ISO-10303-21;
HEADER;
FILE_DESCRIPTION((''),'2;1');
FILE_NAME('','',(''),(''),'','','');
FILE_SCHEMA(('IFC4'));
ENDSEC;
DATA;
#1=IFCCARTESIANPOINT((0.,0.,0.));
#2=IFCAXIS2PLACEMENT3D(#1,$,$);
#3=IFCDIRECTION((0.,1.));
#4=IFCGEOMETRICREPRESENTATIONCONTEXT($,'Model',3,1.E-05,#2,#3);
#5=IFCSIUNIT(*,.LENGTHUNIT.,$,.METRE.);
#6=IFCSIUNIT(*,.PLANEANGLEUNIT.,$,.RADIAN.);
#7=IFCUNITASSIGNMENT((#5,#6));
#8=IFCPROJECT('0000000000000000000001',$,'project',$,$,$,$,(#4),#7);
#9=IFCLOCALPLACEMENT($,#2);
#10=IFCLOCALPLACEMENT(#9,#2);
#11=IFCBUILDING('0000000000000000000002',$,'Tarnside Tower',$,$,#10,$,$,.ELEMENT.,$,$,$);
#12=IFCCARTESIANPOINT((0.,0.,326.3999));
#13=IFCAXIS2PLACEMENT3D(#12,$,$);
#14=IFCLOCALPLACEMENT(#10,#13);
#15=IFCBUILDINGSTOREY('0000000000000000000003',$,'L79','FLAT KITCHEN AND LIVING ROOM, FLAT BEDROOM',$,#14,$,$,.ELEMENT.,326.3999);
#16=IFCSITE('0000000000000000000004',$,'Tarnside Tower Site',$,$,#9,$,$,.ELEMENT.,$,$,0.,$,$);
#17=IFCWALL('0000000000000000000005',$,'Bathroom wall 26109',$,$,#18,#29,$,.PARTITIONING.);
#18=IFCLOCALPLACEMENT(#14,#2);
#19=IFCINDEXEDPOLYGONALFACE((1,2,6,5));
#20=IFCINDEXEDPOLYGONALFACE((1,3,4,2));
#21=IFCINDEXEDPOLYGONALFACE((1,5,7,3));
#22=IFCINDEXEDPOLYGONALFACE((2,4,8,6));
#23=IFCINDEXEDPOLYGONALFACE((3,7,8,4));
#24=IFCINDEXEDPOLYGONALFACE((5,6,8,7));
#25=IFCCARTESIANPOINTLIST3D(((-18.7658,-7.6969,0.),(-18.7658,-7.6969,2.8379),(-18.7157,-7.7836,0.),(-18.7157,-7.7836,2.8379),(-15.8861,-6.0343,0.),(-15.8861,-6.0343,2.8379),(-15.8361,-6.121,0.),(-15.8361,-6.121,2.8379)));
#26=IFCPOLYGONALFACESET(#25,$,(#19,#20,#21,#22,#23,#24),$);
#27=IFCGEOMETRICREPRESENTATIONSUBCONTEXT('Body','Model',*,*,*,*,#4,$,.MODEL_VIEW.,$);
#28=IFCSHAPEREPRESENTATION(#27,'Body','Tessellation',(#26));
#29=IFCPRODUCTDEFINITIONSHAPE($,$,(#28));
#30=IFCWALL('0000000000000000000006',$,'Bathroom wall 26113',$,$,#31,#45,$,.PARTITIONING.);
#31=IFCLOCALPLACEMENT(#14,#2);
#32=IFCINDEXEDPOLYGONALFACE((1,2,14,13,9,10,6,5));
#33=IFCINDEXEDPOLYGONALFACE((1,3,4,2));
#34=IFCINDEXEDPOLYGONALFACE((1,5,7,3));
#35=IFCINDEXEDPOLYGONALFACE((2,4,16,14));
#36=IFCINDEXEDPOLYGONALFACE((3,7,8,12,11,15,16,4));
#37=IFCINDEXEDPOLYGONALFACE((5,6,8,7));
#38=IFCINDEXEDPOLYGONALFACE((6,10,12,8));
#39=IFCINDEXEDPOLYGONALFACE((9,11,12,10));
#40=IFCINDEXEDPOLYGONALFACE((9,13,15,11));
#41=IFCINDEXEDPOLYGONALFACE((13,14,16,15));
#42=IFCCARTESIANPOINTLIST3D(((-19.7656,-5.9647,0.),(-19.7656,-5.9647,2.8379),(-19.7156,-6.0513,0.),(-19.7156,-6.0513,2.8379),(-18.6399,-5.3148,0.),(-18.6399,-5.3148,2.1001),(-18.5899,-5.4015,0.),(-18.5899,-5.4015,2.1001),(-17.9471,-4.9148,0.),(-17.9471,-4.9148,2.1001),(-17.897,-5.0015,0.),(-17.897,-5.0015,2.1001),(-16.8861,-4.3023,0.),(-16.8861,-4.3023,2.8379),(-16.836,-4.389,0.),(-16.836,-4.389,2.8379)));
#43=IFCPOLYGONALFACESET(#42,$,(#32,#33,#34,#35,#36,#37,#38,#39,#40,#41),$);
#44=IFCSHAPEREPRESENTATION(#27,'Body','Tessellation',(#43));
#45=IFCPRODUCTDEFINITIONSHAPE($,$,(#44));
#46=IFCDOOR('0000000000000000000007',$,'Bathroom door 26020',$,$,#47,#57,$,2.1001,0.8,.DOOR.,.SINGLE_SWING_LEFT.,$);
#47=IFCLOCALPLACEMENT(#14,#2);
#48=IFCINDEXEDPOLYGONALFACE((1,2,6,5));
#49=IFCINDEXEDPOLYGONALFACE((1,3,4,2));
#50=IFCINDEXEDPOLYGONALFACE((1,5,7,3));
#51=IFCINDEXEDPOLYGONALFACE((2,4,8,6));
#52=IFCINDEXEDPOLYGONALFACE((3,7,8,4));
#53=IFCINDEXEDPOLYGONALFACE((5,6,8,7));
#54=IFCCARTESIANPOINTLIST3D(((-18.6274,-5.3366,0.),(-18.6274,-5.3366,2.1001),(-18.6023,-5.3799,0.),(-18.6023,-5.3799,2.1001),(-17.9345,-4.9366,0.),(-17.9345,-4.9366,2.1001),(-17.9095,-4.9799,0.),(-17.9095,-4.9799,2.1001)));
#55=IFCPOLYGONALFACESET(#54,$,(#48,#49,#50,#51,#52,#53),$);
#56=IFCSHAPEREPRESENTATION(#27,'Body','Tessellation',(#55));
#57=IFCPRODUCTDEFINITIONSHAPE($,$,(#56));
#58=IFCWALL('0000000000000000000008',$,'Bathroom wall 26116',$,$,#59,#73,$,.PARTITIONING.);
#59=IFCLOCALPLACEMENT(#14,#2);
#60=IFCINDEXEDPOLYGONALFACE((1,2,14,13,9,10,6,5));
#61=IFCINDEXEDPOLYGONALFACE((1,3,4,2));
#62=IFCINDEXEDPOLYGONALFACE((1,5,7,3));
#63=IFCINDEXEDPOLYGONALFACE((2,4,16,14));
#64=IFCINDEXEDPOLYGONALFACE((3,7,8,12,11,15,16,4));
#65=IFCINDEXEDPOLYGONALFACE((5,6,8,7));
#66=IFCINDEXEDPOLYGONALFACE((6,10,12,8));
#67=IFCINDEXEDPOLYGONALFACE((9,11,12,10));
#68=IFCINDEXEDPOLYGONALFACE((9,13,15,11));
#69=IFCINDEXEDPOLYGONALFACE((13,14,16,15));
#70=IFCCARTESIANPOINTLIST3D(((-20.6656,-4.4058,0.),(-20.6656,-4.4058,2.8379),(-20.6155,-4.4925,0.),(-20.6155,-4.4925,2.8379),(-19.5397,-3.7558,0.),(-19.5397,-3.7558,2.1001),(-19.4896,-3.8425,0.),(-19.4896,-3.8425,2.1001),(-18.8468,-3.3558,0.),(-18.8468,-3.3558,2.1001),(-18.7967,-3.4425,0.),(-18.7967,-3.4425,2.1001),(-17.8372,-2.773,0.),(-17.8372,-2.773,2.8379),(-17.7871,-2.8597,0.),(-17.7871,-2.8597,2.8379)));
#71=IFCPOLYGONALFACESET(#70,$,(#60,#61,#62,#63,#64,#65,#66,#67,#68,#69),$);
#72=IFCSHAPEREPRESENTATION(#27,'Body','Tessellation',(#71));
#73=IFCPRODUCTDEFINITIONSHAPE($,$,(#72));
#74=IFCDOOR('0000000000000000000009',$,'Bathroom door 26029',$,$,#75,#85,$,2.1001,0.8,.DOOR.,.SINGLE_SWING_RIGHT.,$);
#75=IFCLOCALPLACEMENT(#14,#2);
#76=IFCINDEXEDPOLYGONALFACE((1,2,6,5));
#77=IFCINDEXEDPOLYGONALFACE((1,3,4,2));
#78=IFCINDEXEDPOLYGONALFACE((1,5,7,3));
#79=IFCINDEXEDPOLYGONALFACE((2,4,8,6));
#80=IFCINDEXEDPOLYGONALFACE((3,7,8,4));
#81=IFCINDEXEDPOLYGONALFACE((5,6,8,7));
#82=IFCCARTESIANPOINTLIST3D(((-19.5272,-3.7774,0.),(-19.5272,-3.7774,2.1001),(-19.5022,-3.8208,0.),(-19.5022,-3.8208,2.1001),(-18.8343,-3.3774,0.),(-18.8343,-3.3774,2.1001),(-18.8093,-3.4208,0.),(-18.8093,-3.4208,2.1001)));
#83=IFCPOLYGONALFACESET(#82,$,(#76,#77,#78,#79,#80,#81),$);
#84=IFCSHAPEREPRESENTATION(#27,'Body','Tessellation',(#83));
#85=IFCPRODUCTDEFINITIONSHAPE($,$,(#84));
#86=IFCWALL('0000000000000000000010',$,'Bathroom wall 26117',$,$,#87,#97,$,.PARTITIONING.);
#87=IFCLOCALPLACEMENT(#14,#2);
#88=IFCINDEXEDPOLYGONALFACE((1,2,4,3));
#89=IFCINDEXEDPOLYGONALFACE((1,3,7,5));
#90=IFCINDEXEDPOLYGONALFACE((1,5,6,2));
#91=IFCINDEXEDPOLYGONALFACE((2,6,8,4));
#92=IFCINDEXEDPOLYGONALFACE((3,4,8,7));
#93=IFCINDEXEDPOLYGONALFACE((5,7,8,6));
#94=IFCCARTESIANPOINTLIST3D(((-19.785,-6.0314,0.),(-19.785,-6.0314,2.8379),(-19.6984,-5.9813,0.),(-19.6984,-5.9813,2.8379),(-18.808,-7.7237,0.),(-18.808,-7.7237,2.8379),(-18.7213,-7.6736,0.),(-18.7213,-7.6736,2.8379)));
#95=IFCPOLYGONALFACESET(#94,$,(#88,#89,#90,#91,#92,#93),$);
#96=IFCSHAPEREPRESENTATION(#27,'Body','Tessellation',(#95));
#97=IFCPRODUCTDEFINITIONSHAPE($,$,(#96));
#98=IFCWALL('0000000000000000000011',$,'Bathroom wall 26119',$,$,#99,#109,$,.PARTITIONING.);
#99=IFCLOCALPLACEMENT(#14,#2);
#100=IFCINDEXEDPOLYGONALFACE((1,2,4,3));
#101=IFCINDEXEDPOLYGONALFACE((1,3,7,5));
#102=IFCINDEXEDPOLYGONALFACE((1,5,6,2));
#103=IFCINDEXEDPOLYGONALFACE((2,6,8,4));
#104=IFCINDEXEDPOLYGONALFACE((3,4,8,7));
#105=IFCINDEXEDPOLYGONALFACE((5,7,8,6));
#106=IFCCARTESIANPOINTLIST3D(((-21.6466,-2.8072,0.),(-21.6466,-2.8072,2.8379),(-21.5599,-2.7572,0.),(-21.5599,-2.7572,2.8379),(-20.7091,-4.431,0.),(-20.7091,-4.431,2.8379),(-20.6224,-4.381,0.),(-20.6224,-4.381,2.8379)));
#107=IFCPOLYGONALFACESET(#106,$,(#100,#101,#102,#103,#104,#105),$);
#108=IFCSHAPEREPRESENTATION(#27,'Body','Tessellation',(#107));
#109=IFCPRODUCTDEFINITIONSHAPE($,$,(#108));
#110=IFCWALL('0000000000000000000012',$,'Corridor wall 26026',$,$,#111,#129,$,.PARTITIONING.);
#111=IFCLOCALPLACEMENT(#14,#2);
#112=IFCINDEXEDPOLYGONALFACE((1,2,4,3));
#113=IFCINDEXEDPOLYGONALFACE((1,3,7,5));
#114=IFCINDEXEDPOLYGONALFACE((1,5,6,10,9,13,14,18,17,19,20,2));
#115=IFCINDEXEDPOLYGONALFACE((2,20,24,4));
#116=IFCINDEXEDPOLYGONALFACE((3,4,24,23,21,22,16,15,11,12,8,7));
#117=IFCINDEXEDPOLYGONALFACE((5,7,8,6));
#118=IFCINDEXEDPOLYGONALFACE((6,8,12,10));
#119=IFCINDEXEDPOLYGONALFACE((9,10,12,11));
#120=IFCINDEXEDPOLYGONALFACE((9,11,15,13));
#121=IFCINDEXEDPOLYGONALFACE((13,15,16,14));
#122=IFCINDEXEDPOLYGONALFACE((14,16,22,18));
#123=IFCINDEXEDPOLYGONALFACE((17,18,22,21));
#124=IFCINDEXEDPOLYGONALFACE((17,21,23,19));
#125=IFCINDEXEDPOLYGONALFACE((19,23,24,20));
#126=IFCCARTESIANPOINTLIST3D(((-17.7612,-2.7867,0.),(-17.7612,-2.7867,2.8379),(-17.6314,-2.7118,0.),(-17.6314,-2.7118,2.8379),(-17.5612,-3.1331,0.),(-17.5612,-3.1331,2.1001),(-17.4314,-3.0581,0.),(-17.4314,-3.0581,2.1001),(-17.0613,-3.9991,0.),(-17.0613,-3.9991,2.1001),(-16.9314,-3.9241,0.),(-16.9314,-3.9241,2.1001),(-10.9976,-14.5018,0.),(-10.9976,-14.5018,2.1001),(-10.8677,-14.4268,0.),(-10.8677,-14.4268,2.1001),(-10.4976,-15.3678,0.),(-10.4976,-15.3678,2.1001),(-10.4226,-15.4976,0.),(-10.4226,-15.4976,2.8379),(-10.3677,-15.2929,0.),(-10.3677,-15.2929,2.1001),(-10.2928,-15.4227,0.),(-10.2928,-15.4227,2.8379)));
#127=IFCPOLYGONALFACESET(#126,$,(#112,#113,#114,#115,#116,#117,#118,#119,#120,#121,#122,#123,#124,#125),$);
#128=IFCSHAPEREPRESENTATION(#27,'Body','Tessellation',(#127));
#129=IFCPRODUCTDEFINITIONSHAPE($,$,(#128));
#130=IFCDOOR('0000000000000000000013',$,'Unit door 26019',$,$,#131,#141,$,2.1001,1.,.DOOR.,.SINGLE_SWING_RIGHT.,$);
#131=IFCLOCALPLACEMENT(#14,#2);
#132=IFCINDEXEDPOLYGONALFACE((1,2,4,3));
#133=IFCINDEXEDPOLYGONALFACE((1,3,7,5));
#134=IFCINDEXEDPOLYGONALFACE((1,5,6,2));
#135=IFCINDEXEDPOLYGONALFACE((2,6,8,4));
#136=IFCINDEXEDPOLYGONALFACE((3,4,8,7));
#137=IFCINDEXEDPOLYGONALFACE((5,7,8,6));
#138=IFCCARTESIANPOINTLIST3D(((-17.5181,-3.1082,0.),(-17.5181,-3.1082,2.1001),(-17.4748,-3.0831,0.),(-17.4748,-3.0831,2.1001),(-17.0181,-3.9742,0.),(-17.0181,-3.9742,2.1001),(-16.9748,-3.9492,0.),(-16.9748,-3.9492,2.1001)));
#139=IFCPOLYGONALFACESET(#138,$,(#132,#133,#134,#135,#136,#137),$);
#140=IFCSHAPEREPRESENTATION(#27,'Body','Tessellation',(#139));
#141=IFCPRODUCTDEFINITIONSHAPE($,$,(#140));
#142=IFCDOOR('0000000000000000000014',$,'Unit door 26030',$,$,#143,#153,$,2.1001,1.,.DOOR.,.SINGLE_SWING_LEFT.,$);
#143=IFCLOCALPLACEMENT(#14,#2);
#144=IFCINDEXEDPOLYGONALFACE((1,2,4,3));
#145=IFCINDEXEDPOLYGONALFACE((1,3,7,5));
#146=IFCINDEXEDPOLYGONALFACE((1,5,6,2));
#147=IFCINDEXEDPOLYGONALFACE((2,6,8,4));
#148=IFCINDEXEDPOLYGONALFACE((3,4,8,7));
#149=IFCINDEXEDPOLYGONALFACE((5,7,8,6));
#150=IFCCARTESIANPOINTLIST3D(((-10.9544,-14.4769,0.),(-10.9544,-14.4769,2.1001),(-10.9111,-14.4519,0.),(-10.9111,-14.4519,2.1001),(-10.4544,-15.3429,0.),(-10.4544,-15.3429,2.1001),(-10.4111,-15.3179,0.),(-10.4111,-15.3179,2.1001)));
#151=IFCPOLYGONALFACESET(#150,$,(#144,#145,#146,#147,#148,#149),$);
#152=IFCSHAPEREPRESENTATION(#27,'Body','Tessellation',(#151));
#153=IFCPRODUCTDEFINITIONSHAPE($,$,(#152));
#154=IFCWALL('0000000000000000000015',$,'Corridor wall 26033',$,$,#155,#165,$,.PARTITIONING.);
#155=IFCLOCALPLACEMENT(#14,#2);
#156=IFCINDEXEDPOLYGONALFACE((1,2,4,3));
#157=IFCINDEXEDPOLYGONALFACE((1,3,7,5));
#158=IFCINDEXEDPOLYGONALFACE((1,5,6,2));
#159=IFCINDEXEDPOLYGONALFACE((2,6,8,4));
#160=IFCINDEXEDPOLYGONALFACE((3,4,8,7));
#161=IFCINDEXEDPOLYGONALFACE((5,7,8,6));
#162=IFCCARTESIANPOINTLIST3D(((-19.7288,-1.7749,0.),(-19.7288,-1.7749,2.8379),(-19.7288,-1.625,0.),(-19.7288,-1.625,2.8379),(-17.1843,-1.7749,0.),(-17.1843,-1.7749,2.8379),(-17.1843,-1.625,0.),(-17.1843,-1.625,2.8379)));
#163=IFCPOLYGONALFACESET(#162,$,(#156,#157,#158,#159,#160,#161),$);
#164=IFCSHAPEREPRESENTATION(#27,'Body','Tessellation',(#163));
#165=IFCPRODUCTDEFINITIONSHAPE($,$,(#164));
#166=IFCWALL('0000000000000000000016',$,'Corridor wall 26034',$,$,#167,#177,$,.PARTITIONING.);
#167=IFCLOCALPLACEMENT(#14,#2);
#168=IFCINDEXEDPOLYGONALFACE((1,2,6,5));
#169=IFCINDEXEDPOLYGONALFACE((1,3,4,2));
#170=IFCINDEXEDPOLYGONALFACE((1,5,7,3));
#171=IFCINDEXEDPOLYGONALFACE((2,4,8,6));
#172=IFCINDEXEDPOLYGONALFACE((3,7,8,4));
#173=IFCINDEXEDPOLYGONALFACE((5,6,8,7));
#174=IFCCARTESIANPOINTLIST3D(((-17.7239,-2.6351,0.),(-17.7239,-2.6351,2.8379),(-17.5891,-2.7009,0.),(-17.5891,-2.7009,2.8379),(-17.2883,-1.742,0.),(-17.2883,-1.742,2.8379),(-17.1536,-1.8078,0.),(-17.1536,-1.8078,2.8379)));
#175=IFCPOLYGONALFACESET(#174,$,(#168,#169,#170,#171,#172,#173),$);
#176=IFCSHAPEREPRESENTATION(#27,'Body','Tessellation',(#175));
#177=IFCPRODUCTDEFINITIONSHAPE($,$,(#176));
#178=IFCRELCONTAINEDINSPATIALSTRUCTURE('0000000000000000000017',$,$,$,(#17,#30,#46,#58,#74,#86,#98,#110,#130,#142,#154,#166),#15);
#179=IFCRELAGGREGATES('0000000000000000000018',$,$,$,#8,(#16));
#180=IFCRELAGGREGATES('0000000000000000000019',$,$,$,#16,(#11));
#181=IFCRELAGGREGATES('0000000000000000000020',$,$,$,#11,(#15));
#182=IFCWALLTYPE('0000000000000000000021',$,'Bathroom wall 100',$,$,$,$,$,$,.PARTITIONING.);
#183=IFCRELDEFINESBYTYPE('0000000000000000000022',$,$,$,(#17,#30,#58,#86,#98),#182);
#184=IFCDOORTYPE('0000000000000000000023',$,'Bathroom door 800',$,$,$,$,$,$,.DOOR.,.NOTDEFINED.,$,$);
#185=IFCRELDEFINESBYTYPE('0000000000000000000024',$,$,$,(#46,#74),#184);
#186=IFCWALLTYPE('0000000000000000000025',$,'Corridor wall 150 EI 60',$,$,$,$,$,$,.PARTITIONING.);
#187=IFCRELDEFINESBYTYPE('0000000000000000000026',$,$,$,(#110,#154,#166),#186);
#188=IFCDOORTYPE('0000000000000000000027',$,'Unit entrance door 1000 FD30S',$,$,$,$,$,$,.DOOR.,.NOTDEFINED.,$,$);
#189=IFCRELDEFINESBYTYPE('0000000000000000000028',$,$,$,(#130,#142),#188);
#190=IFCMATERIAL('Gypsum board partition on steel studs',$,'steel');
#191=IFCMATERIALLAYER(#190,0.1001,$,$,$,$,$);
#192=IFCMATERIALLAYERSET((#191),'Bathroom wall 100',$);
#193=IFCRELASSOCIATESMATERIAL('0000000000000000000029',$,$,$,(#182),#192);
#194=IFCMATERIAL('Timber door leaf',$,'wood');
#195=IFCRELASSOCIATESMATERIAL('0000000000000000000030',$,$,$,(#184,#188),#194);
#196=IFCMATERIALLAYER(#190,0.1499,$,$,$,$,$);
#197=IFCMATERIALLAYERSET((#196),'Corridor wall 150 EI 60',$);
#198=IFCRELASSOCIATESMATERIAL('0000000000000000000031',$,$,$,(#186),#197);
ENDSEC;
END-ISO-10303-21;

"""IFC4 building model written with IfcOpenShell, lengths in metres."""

from ifc_helpers import new_model, si_unit, direction, frame, frame_2d, origin, place, context, subcontext, project, spatial, rectangle, extrude, material, layer, layer_set, type_object, element, fill, save


model = new_model("IFC4")

# Units and contexts
model_context = context("Model", 3, precision=1e-05, world=origin(), true_north=direction((0.0, 1.0)))
body_context = subcontext(model_context, "Body", "Model", "MODEL_VIEW")
ifc_project = project(units=[si_unit("LENGTHUNIT", "METRE"), si_unit("PLANEANGLEUNIT", "RADIAN")], contexts=[model_context])

# Site, building, storey
site_placement = place(None, origin())
site = spatial("IfcSite", under=ifc_project, at=site_placement, Name="Tarnside Tower Site", CompositionType="ELEMENT", RefElevation=0.0)
building_placement = place(site_placement, origin())
building = spatial("IfcBuilding", under=site, at=building_placement, Name="Tarnside Tower", CompositionType="ELEMENT")
storey_placement = place(building_placement, frame((0.0, 0.0, 326.3999)))
storey = spatial("IfcBuildingStorey", under=building, at=storey_placement, Name="L79", Description="FLAT KITCHEN AND LIVING ROOM, FLAT BEDROOM", CompositionType="ELEMENT", Elevation=326.3999)

# Wall
ifc_material_1 = material(Name="Gypsum board partition on steel studs", Category="steel")
ifc_layer_1 = layer(ifc_material_1, 0.1001)
ifc_layer_set_1 = layer_set([ifc_layer_1], Name="Bathroom wall 100")
wall_type_1 = type_object("IfcWallType", Name="Bathroom wall 100", PredefinedType="PARTITIONING", material=ifc_layer_set_1)
wall_1_placement = place(storey_placement, frame((-15.8611, -6.0776, 0.0), z_axis=(0.0, 0.0, 1.0), x_axis=(-0.866021, -0.500008, 0.0)))
element("IfcWall", 1, at=wall_1_placement, inside=storey, type_object=wall_type_1, Name="Bathroom wall 26109", PredefinedType="PARTITIONING", context=body_context, shape_type="SweptSolid", body=[
    extrude(rectangle(XDim=3.3252, YDim=0.1001, at=frame_2d((1.6626, 0.0))), origin(), (0.0, 0.0, 1.0), 2.8379),
])

# Walls, openings, doors
wall_2_placement = place(storey_placement, frame((-19.7407, -6.0081, 0.0), z_axis=(0.0, 0.0, 1.0), x_axis=(0.866052, 0.499953, 0.0)))
wall_2 = element("IfcWall", 2, at=wall_2_placement, inside=storey, type_object=wall_type_1, Name="Bathroom wall 26113", PredefinedType="PARTITIONING", context=body_context, shape_type="SweptSolid", body=[
    extrude(rectangle(XDim=3.325, YDim=0.1001, at=frame_2d((1.6626, 0.0))), origin(), (0.0, 0.0, 1.0), 2.8379),
])
opening_1_placement = place(wall_2_placement, frame((1.3, 0.0, 0.0)))
opening_1 = element("IfcOpeningElement", 3, at=opening_1_placement, cuts=wall_2, PredefinedType="OPENING", context=body_context, shape_type="SweptSolid", body=[
    extrude(rectangle(XDim=0.8, YDim=2.1001, at=frame_2d((0.3999, 1.05))), frame((0.0, 0.0601, 0.0), z_axis=(0.0, -1.0, 0.0), x_axis=(1.0, 0.0, 0.0)), (0.0, 0.0, 1.0), 0.1201),
])
ifc_material_2 = material(Name="Timber door leaf", Category="wood")
door_type_1 = type_object("IfcDoorType", Name="Bathroom door 800", OperationType="NOTDEFINED", PredefinedType="DOOR", material=ifc_material_2)
door_1_placement = place(opening_1_placement, origin())
door_1 = element("IfcDoor", 4, at=door_1_placement, inside=storey, type_object=door_type_1, Name="Bathroom door 26020", OperationType="SINGLE_SWING_LEFT", OverallHeight=2.1001, OverallWidth=0.8, PredefinedType="DOOR", context=body_context, shape_type="SweptSolid", body=[
    extrude(rectangle(XDim=0.8, YDim=2.1001, at=frame_2d((0.3999, 1.05))), frame((0.0, 0.0249, 0.0), z_axis=(0.0, -1.0, 0.0), x_axis=(1.0, 0.0, 0.0)), (0.0, 0.0, 1.0), 0.05),
])
fill(opening_1, door_1)
wall_3_placement = place(storey_placement, frame((-17.8123, -2.8164, 0.0), z_axis=(0.0, 0.0, 1.0), x_axis=(-0.866045, -0.499966, 0.0)))
wall_3 = element("IfcWall", 5, at=wall_3_placement, inside=storey, type_object=wall_type_1, Name="Bathroom wall 26116", PredefinedType="PARTITIONING", context=body_context, shape_type="SweptSolid", body=[
    extrude(rectangle(XDim=3.2659, YDim=0.1001, at=frame_2d((1.6328, 0.0))), origin(), (0.0, 0.0, 1.0), 2.8379),
])
opening_2_placement = place(wall_3_placement, frame((1.1658, 0.0, 0.0)))
opening_2 = element("IfcOpeningElement", 6, at=opening_2_placement, cuts=wall_3, PredefinedType="OPENING", context=body_context, shape_type="SweptSolid", body=[
    extrude(rectangle(XDim=0.8, YDim=2.1001, at=frame_2d((0.3999, 1.05))), frame((0.0, 0.0601, 0.0), z_axis=(0.0, -1.0, 0.0), x_axis=(1.0, 0.0, 0.0)), (0.0, 0.0, 1.0), 0.1201),
])
door_2_placement = place(opening_2_placement, origin())
door_2 = element("IfcDoor", 7, at=door_2_placement, inside=storey, type_object=door_type_1, Name="Bathroom door 26029", OperationType="SINGLE_SWING_RIGHT", OverallHeight=2.1001, OverallWidth=0.8, PredefinedType="DOOR", context=body_context, shape_type="SweptSolid", body=[
    extrude(rectangle(XDim=0.8, YDim=2.1001, at=frame_2d((0.3999, 1.05))), frame((0.0, 0.0249, 0.0), z_axis=(0.0, -1.0, 0.0), x_axis=(1.0, 0.0, 0.0)), (0.0, 0.0, 1.0), 0.05),
])
fill(opening_2, door_2)

# Walls
wall_4_placement = place(storey_placement, frame((-19.7417, -6.0063, 0.0), z_axis=(0.0, 0.0, 1.0), x_axis=(0.499982, -0.866036, 0.0)))
element("IfcWall", 8, at=wall_4_placement, inside=storey, type_object=wall_type_1, Name="Bathroom wall 26117", PredefinedType="PARTITIONING", context=body_context, shape_type="SweptSolid", body=[
    extrude(rectangle(XDim=1.9541, YDim=0.1001, at=frame_2d((0.9771, 0.0))), origin(), (0.0, 0.0, 1.0), 2.8379),
])
wall_5_placement = place(storey_placement, frame((-20.6658, -4.406, 0.0), z_axis=(0.0, 0.0, 1.0), x_axis=(-0.500004, 0.866023, 0.0)))
element("IfcWall", 9, at=wall_5_placement, inside=storey, type_object=wall_type_1, Name="Bathroom wall 26119", PredefinedType="PARTITIONING", context=body_context, shape_type="SweptSolid", body=[
    extrude(rectangle(XDim=1.875, YDim=0.1001, at=frame_2d((0.9375, 0.0))), origin(), (0.0, 0.0, 1.0), 2.8379),
])

# Wall, openings, doors
ifc_layer_2 = layer(ifc_material_1, 0.1499)
ifc_layer_set_2 = layer_set([ifc_layer_2], Name="Corridor wall 150 EI 60")
wall_type_2 = type_object("IfcWallType", Name="Corridor wall 150 EI 60", PredefinedType="PARTITIONING", material=ifc_layer_set_2)
wall_6_placement = place(storey_placement, frame((-17.6963, -2.7493, 0.0), z_axis=(0.0, 0.0, 1.0), x_axis=(0.499998, -0.866027, 0.0)))
wall_6 = element("IfcWall", 10, at=wall_6_placement, inside=storey, type_object=wall_type_2, Name="Corridor wall 26026", PredefinedType="PARTITIONING", context=body_context, shape_type="SweptSolid", body=[
    extrude(rectangle(XDim=14.6772, YDim=0.1499, at=frame_2d((7.3386, 0.0))), origin(), (0.0, 0.0, 1.0), 2.8379),
])
opening_3_placement = place(wall_6_placement, frame((0.3999, 0.0, 0.0)))
opening_3 = element("IfcOpeningElement", 11, at=opening_3_placement, cuts=wall_6, PredefinedType="OPENING", context=body_context, shape_type="SweptSolid", body=[
    extrude(rectangle(XDim=1.0, YDim=2.1001, at=frame_2d((0.5, 1.05))), frame((0.0, 0.085, 0.0), z_axis=(0.0, -1.0, 0.0), x_axis=(1.0, 0.0, 0.0)), (0.0, 0.0, 1.0), 0.1699),
])
opening_4_placement = place(wall_6_placement, frame((13.5273, 0.0, 0.0)))
opening_4 = element("IfcOpeningElement", 12, at=opening_4_placement, cuts=wall_6, PredefinedType="OPENING", context=body_context, shape_type="SweptSolid", body=[
    extrude(rectangle(XDim=1.0, YDim=2.1001, at=frame_2d((0.5, 1.05))), frame((0.0, 0.085, 0.0), z_axis=(0.0, -1.0, 0.0), x_axis=(1.0, 0.0, 0.0)), (0.0, 0.0, 1.0), 0.1699),
])
door_type_2 = type_object("IfcDoorType", Name="Unit entrance door 1000 FD30S", OperationType="NOTDEFINED", PredefinedType="DOOR", material=ifc_material_2)
door_3_placement = place(opening_3_placement, origin())
door_3 = element("IfcDoor", 13, at=door_3_placement, inside=storey, type_object=door_type_2, Name="Unit door 26019", OperationType="SINGLE_SWING_RIGHT", OverallHeight=2.1001, OverallWidth=1.0, PredefinedType="DOOR", context=body_context, shape_type="SweptSolid", body=[
    extrude(rectangle(XDim=1.0, YDim=2.1001, at=frame_2d((0.5, 1.05))), frame((0.0, 0.0249, 0.0), z_axis=(0.0, -1.0, 0.0), x_axis=(1.0, 0.0, 0.0)), (0.0, 0.0, 1.0), 0.05),
])
fill(opening_3, door_3)
door_4_placement = place(opening_4_placement, origin())
door_4 = element("IfcDoor", 14, at=door_4_placement, inside=storey, type_object=door_type_2, Name="Unit door 26030", OperationType="SINGLE_SWING_LEFT", OverallHeight=2.1001, OverallWidth=1.0, PredefinedType="DOOR", context=body_context, shape_type="SweptSolid", body=[
    extrude(rectangle(XDim=1.0, YDim=2.1001, at=frame_2d((0.5, 1.05))), frame((0.0, 0.0249, 0.0), z_axis=(0.0, -1.0, 0.0), x_axis=(1.0, 0.0, 0.0)), (0.0, 0.0, 1.0), 0.05),
])
fill(opening_4, door_4)

# Walls
wall_7_placement = place(storey_placement, frame((-19.7288, -1.7, 0.0), z_axis=(0.0, 0.0, 1.0), x_axis=(1.0, 0.0, 0.0)))
element("IfcWall", 15, at=wall_7_placement, inside=storey, type_object=wall_type_2, Name="Corridor wall 26033", PredefinedType="PARTITIONING", context=body_context, shape_type="SweptSolid", body=[
    extrude(rectangle(XDim=2.5444, YDim=0.1499, at=frame_2d((1.2722, 0.0))), origin(), (0.0, 0.0, 1.0), 2.8379),
])
wall_8_placement = place(storey_placement, frame((-17.2209, -1.7749, 0.0), z_axis=(0.0, 0.0, 1.0), x_axis=(-0.438346, -0.898806, 0.0)))
element("IfcWall", 16, at=wall_8_placement, inside=storey, type_object=wall_type_2, Name="Corridor wall 26034", PredefinedType="PARTITIONING", context=body_context, shape_type="SweptSolid", body=[
    extrude(rectangle(XDim=0.9937, YDim=0.1499, at=frame_2d((0.4968, 0.0))), origin(), (0.0, 0.0, 1.0), 2.8379),
])

save(model, "model.ifc")
